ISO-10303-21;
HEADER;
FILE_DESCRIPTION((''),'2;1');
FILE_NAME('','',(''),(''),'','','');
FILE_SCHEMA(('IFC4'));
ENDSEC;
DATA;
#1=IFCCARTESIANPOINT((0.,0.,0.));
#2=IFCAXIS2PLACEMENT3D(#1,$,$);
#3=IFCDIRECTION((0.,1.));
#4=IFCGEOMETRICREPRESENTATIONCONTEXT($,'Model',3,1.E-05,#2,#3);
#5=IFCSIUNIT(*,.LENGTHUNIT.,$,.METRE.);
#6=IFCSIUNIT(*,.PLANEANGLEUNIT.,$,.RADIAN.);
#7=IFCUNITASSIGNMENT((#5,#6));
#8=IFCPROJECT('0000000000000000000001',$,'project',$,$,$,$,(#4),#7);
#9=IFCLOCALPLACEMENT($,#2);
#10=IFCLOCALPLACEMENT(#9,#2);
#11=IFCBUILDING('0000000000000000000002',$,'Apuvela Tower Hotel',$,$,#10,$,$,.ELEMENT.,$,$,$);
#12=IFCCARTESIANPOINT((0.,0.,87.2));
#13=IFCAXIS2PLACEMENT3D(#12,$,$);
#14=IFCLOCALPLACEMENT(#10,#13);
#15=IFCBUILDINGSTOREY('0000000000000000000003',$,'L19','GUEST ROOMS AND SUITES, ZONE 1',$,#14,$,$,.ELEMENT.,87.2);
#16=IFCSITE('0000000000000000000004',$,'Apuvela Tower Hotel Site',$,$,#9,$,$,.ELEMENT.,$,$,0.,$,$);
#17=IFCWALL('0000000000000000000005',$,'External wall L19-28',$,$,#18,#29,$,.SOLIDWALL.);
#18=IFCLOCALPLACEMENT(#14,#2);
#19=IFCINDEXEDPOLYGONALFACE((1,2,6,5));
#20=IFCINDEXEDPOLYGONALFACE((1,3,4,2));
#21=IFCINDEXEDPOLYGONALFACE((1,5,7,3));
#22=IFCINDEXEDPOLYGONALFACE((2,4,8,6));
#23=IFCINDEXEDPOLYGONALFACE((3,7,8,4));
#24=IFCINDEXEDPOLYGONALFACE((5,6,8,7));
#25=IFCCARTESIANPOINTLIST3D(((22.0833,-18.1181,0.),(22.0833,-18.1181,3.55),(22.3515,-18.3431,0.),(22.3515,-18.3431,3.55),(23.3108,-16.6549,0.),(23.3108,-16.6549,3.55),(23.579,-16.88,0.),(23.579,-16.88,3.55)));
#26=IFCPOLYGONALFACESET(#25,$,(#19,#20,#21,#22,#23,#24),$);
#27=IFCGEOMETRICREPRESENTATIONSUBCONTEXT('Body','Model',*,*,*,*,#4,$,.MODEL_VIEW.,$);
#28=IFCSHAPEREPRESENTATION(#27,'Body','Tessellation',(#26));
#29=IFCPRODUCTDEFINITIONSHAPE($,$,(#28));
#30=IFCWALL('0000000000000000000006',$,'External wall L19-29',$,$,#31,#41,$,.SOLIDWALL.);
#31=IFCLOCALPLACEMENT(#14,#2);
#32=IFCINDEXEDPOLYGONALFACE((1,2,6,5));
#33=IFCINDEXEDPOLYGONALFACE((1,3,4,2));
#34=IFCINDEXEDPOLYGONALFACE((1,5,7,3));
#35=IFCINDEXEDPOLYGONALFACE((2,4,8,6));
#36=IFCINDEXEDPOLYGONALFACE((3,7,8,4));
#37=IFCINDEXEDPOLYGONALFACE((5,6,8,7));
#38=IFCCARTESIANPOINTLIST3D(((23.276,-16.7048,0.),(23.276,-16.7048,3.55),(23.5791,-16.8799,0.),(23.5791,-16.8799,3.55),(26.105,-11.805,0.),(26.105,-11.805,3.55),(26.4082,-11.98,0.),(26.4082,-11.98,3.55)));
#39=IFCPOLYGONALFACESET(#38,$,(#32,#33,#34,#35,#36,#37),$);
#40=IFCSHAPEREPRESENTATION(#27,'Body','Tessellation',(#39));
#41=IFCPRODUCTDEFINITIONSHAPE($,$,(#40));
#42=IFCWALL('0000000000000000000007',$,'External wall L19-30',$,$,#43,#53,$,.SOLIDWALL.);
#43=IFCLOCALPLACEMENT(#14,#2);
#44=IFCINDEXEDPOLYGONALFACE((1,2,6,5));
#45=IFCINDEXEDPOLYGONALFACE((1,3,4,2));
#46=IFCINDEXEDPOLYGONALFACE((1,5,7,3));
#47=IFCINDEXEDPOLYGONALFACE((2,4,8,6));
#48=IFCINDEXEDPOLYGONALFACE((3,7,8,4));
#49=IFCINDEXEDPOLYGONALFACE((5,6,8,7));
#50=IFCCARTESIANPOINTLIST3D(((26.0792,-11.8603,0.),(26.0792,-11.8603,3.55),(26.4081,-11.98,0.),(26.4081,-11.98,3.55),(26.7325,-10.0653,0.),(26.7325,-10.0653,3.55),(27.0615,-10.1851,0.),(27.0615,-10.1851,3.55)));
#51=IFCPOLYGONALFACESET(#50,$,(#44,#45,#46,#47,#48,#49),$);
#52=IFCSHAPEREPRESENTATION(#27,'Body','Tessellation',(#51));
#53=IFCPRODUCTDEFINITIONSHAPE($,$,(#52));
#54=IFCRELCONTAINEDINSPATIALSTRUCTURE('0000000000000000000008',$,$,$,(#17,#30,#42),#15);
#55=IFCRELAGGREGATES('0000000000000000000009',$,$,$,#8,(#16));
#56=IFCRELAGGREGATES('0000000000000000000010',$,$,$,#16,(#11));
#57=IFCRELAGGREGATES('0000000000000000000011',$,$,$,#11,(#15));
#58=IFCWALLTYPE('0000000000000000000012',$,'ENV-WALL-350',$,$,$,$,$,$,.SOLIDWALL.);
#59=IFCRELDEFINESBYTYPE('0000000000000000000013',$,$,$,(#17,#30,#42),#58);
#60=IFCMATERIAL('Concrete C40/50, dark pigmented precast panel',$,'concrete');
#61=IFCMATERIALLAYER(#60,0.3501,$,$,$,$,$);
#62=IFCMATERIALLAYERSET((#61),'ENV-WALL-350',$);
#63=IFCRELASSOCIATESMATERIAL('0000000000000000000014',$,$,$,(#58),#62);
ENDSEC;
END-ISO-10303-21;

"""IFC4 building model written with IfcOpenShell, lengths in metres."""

from ifc_helpers import new_model, si_unit, direction, frame, frame_2d, origin, place, context, subcontext, project, spatial, rectangle, extrude, material, layer, layer_set, type_object, element, save


model = new_model("IFC4")

# Units and contexts
model_context = context("Model", 3, precision=1e-05, world=origin(), true_north=direction((0.0, 1.0)))
body_context = subcontext(model_context, "Body", "Model", "MODEL_VIEW")
ifc_project = project(units=[si_unit("LENGTHUNIT", "METRE"), si_unit("PLANEANGLEUNIT", "RADIAN")], contexts=[model_context])

# Site, building, storey
site_placement = place(None, origin())
site = spatial("IfcSite", under=ifc_project, at=site_placement, Name="Apuvela Tower Hotel Site", CompositionType="ELEMENT", RefElevation=0.0)
building_placement = place(site_placement, origin())
building = spatial("IfcBuilding", under=site, at=building_placement, Name="Apuvela Tower Hotel", CompositionType="ELEMENT")
storey_placement = place(building_placement, frame((0.0, 0.0, 87.2)))
storey = spatial("IfcBuildingStorey", under=building, at=storey_placement, Name="L19", Description="GUEST ROOMS AND SUITES, ZONE 1", CompositionType="ELEMENT", Elevation=87.2)

# Shared definitions
ifc_material_1 = material(Name="Concrete C40/50, dark pigmented precast panel", Category="concrete")
ifc_layer_1 = layer(ifc_material_1, 0.3501)
ifc_layer_set_1 = layer_set([ifc_layer_1], Name="ENV-WALL-350")
wall_type_1 = type_object("IfcWallType", Name="ENV-WALL-350", PredefinedType="SOLIDWALL", material=ifc_layer_set_1)

# Walls
for number, where, z_axis, x_axis, name in (
    (1, (22.2173, -18.2307, 0.0), (0.0, 0.0, 1.0), (0.642733, 0.76609, 0.0), "External wall L19-28"),
):
    element("IfcWall", number, at=place(storey_placement, frame(where, z_axis=z_axis, x_axis=x_axis)), inside=storey, type_object=wall_type_1, Name=name, PredefinedType="SOLIDWALL", context=body_context, shape_type="SweptSolid", body=[
        extrude(rectangle(XDim=1.9099, YDim=0.3501, at=frame_2d((0.9551, 0.0))), origin(), (0.0, 0.0, 1.0), 3.55),
    ])
wall_1_placement = place(storey_placement, frame((23.4275, -16.7925, 0.0), z_axis=(0.0, 0.0, 1.0), x_axis=(0.500019, 0.866015, 0.0)))
element("IfcWall", 2, at=wall_1_placement, inside=storey, type_object=wall_type_1, Name="External wall L19-29", PredefinedType="SOLIDWALL", context=body_context, shape_type="SweptSolid", body=[
    extrude(rectangle(XDim=5.658, YDim=0.3501, at=frame_2d((2.8291, 0.0))), origin(), (0.0, 0.0, 1.0), 3.55),
])
wall_2_placement = place(storey_placement, frame((26.2437, -11.9202, 0.0), z_axis=(0.0, 0.0, 1.0), x_axis=(0.34203, 0.939689, 0.0)))
element("IfcWall", 3, at=wall_2_placement, inside=storey, type_object=wall_type_1, Name="External wall L19-30", PredefinedType="SOLIDWALL", context=body_context, shape_type="SweptSolid", body=[
    extrude(rectangle(XDim=1.9102, YDim=0.3501, at=frame_2d((0.9551, 0.0))), origin(), (0.0, 0.0, 1.0), 3.55),
])

save(model, "model.ifc")
